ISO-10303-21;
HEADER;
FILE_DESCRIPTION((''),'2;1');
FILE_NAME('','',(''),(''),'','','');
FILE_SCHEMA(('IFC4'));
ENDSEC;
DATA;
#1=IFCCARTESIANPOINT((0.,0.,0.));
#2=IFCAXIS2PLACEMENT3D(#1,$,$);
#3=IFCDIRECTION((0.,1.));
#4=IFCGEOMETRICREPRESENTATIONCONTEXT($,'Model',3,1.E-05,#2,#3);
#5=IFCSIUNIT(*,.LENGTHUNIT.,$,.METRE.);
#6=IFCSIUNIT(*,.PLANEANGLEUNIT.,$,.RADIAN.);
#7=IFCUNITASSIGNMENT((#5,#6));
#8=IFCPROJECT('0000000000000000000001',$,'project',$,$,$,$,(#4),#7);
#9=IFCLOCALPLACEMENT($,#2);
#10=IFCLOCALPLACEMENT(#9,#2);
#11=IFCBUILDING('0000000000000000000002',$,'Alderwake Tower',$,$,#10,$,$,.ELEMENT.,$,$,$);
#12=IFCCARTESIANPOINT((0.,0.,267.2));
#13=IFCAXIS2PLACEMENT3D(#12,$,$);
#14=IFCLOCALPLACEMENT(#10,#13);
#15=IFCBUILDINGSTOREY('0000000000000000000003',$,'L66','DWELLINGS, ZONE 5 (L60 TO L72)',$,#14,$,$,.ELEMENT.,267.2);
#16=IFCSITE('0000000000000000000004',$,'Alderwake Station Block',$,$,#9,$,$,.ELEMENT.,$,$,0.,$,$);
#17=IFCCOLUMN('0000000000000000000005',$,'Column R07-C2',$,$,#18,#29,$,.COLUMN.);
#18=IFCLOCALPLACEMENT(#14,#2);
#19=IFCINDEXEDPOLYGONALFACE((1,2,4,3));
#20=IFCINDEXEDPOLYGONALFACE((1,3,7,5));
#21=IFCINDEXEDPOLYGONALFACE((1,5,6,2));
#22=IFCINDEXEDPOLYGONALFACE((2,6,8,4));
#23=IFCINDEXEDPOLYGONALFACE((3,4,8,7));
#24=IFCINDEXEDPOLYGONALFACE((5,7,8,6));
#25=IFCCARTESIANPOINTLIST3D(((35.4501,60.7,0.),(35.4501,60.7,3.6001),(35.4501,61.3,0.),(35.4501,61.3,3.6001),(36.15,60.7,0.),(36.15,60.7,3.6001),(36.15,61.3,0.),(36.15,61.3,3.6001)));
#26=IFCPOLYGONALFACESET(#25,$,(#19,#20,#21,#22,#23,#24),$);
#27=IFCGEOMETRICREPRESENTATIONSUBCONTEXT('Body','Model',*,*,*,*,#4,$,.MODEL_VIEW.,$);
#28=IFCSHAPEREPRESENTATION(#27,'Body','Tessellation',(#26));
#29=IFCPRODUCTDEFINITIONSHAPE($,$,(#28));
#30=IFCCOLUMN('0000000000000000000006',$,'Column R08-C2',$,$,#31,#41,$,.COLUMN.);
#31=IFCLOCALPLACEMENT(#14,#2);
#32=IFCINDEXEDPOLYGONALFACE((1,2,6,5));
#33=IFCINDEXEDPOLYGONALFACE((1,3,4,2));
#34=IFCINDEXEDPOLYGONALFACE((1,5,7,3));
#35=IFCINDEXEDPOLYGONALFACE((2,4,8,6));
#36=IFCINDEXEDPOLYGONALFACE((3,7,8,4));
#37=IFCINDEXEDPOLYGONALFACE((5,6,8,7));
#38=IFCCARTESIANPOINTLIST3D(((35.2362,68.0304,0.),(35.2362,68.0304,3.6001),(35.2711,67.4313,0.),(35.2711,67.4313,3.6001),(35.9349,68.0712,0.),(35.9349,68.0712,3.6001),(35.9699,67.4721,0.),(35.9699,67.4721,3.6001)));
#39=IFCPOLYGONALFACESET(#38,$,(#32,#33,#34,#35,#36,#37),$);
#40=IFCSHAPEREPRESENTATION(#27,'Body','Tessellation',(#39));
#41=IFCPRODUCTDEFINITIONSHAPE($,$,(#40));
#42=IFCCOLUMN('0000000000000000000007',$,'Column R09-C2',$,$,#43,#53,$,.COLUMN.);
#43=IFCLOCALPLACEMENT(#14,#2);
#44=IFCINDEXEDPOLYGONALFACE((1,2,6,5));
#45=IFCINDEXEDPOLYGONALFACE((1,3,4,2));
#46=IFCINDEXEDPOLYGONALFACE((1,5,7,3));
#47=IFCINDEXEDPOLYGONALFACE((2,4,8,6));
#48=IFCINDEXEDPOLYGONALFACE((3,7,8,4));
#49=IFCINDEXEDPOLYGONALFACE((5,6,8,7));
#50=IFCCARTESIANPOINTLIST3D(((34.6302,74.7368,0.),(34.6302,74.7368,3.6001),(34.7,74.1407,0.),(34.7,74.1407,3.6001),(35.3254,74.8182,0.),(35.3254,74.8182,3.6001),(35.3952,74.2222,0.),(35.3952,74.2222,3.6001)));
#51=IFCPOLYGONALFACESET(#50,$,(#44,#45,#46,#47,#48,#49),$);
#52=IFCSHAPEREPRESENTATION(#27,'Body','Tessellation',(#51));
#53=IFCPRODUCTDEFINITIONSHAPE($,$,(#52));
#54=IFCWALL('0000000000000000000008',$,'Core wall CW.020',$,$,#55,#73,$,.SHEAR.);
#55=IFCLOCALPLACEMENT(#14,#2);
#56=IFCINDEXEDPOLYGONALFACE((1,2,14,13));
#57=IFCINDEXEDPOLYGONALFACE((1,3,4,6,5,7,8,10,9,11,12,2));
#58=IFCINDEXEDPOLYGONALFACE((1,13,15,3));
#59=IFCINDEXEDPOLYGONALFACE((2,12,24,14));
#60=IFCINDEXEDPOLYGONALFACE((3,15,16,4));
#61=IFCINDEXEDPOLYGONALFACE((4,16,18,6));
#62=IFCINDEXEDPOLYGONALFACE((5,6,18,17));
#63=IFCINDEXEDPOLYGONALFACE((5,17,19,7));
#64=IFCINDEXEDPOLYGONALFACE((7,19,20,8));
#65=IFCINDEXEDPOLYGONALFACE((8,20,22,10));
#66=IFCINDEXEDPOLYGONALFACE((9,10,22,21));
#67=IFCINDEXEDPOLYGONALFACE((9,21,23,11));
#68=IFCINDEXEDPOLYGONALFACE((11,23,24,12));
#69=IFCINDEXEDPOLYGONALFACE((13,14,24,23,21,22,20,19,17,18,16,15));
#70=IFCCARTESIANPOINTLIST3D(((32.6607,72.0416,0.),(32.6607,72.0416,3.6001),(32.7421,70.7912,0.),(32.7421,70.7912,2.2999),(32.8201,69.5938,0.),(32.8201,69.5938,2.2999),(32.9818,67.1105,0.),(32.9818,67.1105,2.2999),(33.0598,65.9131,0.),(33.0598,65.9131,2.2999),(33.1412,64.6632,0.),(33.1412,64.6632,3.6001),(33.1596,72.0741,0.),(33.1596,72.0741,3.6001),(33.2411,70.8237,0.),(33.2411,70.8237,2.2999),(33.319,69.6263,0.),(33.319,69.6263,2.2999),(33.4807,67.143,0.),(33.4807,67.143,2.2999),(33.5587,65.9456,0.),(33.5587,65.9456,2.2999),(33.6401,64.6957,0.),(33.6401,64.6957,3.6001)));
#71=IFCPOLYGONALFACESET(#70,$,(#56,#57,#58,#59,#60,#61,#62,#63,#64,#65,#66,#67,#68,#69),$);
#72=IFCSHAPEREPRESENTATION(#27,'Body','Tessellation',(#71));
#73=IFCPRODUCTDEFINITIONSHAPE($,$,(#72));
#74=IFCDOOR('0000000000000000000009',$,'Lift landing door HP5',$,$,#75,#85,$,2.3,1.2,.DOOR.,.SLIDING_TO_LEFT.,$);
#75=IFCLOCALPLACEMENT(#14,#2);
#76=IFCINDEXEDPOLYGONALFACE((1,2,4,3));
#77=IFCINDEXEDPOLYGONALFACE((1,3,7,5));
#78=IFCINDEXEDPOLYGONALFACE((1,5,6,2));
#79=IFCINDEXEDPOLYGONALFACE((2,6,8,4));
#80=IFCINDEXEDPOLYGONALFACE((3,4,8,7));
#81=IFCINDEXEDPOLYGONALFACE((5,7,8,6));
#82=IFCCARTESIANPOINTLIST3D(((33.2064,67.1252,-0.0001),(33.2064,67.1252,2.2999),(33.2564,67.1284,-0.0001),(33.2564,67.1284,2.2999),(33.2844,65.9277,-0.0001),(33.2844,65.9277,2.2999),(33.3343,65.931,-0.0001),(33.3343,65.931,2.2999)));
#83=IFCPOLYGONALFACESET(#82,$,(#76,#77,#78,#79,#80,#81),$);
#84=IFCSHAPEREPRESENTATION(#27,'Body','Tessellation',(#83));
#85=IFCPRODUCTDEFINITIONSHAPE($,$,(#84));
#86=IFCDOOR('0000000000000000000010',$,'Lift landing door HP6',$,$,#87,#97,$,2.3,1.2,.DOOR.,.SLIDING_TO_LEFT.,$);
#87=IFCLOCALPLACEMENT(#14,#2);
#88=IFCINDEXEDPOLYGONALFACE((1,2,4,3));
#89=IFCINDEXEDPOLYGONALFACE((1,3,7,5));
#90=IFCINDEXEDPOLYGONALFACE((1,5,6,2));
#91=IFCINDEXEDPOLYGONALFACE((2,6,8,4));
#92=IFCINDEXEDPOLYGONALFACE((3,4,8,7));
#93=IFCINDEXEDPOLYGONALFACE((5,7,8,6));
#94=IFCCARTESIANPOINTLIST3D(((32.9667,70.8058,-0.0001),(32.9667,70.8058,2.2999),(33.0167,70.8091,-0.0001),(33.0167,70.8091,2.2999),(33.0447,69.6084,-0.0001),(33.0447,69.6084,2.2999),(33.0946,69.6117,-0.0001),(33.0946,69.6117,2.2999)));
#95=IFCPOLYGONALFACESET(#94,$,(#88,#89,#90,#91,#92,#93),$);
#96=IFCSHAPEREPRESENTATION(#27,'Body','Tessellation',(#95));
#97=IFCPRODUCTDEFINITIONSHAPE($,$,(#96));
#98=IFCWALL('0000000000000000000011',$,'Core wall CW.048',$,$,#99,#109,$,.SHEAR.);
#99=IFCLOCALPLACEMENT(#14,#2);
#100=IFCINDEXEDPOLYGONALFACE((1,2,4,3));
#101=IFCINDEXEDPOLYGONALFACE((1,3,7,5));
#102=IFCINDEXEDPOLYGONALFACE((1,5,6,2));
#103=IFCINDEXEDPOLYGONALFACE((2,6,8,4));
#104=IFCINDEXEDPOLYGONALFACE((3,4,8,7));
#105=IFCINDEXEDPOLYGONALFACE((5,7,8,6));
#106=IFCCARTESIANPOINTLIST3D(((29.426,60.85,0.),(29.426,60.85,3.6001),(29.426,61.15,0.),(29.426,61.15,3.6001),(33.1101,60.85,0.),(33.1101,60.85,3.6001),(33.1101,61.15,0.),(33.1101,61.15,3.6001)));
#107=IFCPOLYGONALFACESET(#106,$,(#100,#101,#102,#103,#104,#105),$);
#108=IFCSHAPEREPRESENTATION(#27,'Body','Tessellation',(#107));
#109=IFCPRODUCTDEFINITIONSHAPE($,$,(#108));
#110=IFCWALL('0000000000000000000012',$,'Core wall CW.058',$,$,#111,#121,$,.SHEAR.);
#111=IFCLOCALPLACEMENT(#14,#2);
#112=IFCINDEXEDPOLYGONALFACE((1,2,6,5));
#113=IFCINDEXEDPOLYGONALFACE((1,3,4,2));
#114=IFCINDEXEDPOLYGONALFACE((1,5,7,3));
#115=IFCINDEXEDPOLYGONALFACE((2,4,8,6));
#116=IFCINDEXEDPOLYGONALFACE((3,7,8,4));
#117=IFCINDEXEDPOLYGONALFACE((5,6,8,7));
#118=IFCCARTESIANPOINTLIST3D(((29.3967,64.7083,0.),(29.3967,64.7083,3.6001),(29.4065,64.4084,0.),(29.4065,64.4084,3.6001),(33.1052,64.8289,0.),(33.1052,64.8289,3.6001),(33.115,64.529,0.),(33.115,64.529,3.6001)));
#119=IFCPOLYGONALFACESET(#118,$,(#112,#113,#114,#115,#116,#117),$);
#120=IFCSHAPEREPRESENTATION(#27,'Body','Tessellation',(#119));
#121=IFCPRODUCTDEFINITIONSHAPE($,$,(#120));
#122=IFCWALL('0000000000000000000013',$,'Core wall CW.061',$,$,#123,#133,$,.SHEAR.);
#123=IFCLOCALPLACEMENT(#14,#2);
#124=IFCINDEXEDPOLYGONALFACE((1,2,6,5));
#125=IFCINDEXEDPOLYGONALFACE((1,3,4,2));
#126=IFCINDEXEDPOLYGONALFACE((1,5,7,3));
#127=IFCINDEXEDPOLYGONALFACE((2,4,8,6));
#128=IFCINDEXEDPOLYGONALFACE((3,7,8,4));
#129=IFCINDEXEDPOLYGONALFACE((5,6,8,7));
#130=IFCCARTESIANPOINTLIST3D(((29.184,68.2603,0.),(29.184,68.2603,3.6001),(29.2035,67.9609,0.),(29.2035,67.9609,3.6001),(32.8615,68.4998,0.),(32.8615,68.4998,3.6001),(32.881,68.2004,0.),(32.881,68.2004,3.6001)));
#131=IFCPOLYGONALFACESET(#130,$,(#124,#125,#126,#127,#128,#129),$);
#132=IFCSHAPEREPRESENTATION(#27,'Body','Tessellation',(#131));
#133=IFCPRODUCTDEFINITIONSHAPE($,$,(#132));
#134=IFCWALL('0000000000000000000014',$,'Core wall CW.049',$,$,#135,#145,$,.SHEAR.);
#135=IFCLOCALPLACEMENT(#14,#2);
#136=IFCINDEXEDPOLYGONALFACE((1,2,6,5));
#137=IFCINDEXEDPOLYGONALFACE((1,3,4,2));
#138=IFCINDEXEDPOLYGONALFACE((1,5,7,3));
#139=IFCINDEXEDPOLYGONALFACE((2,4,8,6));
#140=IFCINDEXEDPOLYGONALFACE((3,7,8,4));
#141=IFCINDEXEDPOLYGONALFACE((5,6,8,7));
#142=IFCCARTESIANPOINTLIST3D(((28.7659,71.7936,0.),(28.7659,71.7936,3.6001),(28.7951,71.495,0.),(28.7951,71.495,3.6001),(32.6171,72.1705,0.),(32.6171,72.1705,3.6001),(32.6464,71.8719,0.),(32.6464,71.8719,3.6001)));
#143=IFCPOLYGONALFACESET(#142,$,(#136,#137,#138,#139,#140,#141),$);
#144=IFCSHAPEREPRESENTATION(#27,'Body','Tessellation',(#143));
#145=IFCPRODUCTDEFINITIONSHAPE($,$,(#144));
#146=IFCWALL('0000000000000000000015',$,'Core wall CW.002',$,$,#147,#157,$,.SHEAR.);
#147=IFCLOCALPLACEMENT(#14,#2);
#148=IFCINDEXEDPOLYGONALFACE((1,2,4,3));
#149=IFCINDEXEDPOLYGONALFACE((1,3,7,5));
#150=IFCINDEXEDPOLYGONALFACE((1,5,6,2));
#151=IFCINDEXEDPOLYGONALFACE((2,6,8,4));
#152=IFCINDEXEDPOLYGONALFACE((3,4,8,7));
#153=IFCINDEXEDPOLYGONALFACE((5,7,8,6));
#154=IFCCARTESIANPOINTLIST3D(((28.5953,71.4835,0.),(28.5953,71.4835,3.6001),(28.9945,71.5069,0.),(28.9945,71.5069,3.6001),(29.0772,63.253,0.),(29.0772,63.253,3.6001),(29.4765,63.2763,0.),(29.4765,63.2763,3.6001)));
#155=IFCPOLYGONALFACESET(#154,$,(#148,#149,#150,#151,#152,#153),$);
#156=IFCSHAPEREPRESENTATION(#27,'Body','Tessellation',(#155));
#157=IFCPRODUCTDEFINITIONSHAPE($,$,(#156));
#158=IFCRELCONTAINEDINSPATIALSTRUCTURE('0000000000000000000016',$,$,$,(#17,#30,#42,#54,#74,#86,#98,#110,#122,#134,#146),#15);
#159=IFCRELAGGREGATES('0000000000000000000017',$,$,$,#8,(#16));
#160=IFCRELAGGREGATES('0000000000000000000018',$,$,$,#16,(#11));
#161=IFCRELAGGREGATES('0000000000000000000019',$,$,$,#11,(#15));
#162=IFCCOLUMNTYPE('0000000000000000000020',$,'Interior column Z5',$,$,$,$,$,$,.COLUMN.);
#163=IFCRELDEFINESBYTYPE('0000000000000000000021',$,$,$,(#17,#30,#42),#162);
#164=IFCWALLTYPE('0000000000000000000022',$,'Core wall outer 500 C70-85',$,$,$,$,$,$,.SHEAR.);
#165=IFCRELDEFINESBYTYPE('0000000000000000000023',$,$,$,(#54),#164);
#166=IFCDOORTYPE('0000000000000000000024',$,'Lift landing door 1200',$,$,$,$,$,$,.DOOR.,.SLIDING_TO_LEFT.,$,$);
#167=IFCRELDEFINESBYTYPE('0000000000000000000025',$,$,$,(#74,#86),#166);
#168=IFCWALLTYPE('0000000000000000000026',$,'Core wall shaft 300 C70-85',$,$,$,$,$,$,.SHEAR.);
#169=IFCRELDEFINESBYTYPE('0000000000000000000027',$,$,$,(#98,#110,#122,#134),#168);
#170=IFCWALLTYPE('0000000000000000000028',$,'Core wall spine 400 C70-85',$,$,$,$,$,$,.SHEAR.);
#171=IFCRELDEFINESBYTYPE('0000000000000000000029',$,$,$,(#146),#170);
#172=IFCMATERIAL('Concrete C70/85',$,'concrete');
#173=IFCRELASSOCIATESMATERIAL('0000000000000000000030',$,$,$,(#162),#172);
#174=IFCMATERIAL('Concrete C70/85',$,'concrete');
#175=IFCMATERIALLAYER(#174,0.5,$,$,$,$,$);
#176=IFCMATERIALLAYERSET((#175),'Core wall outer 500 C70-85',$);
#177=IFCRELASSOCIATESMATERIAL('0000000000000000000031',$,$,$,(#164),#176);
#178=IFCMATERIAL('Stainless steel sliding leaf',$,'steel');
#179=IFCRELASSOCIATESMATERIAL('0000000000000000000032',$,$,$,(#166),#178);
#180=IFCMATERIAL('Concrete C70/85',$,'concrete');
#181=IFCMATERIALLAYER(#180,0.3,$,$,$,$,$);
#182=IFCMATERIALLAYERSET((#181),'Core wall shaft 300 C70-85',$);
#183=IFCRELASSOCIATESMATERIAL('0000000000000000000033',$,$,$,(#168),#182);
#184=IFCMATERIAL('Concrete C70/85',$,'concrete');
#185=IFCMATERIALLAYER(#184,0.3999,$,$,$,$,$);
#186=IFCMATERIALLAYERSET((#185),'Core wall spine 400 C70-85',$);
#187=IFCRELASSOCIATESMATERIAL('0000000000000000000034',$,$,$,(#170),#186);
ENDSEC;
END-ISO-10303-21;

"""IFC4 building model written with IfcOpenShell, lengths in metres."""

from ifc_helpers import new_model, si_unit, direction, frame, frame_2d, origin, origin_2d, place, context, subcontext, project, spatial, rectangle, extrude, material, layer, layer_set, material_profile, profile_set, type_object, element, fill, save


model = new_model("IFC4")

# Units and contexts
model_context = context("Model", 3, precision=1e-05, world=origin(), true_north=direction((0.0, 1.0)))
body_context = subcontext(model_context, "Body", "Model", "MODEL_VIEW")
ifc_project = project(units=[si_unit("LENGTHUNIT", "METRE"), si_unit("PLANEANGLEUNIT", "RADIAN")], contexts=[model_context])

# Site, building, storey
site_placement = place(None, origin())
site = spatial("IfcSite", under=ifc_project, at=site_placement, Name="Alderwake Station Block", CompositionType="ELEMENT", RefElevation=0.0)
building_placement = place(site_placement, origin())
building = spatial("IfcBuilding", under=site, at=building_placement, Name="Alderwake Tower", CompositionType="ELEMENT")
storey_placement = place(building_placement, frame((0.0, 0.0, 267.2)))
storey = spatial("IfcBuildingStorey", under=building, at=storey_placement, Name="L66", Description="DWELLINGS, ZONE 5 (L60 TO L72)", CompositionType="ELEMENT", Elevation=267.2)

# Columns
ifc_material_1 = material(Name="Concrete C70/85", Category="concrete")
ifc_material_profile = material_profile(ifc_material_1, rectangle(XDim=0.6001, YDim=0.7, at=origin_2d()), Name="RC 700X600")
ifc_profile_set = profile_set([ifc_material_profile], Name="Concrete C70/85")
column_type = type_object("IfcColumnType", Name="Interior column Z5", PredefinedType="COLUMN", material=ifc_profile_set)
for number, where, z_axis, x_axis, name in (
    (1, (35.8, 61.0, 0.0), (0.0, 0.0, 1.0), (0.0, 1.0, 0.0), "Column R07-C2"),
    (2, (35.603, 67.7512, 0.0), (0.0, 0.0, 1.0), (-0.058301, 0.998299, 0.0), "Column R08-C2"),
    (3, (35.0127, 74.4795, 0.0), (0.0, 0.0, 1.0), (-0.116402, 0.993202, 0.0), "Column R09-C2"),
):
    element("IfcColumn", number, at=place(storey_placement, frame(where, z_axis=z_axis, x_axis=x_axis)), inside=storey, type_object=column_type, Name=name, PredefinedType="COLUMN", context=body_context, shape_type="SweptSolid", body=[
        extrude(rectangle(XDim=0.6001, YDim=0.7, at=origin_2d()), origin(), (0.0, 0.0, 1.0), 3.6001),
    ])

# Wall, openings, doors
ifc_material_2 = material(Name="Concrete C70/85", Category="concrete")
ifc_layer_1 = layer(ifc_material_2, 0.5)
ifc_layer_set_1 = layer_set([ifc_layer_1], Name="Core wall outer 500 C70-85")
wall_type_1 = type_object("IfcWallType", Name="Core wall outer 500 C70-85", PredefinedType="SHEAR", material=ifc_layer_set_1)
wall_1_placement = place(storey_placement, frame((33.3906, 64.6794, 0.0), z_axis=(0.0, 0.0, 1.0), x_axis=(-0.064981, 0.997887, 0.0)))
wall_1 = element("IfcWall", 4, at=wall_1_placement, inside=storey, type_object=wall_type_1, Name="Core wall CW.020", PredefinedType="SHEAR", context=body_context, shape_type="SweptSolid", body=[
    extrude(rectangle(XDim=7.394, YDim=0.5, at=frame_2d((3.697, 0.0))), origin(), (0.0, 0.0, 1.0), 3.6001),
])
opening_1_placement = place(wall_1_placement, frame((1.2524, 0.0, 0.0)))
opening_1 = element("IfcOpeningElement", 5, at=opening_1_placement, cuts=wall_1, PredefinedType="OPENING", context=body_context, shape_type="SweptSolid", body=[
    extrude(rectangle(XDim=1.2, YDim=2.3, at=frame_2d((0.6001, 1.1499))), frame((0.0, 0.26, 0.0), z_axis=(0.0, -1.0, 0.0), x_axis=(1.0, 0.0, 0.0)), (0.0, 0.0, 1.0), 0.52),
])
opening_2_placement = place(wall_1_placement, frame((4.9409, 0.0, 0.0)))
opening_2 = element("IfcOpeningElement", 6, at=opening_2_placement, cuts=wall_1, PredefinedType="OPENING", context=body_context, shape_type="SweptSolid", body=[
    extrude(rectangle(XDim=1.2, YDim=2.3, at=frame_2d((0.6001, 1.1499))), frame((0.0, 0.26, 0.0), z_axis=(0.0, -1.0, 0.0), x_axis=(1.0, 0.0, 0.0)), (0.0, 0.0, 1.0), 0.52),
])
ifc_material_3 = material(Name="Stainless steel sliding leaf", Category="steel")
door_type_1 = type_object("IfcDoorType", Name="Lift landing door 1200", OperationType="SLIDING_TO_LEFT", PredefinedType="DOOR", material=ifc_material_3)
door_1_placement = place(opening_1_placement, origin())
door_1 = element("IfcDoor", 7, at=door_1_placement, inside=storey, type_object=door_type_1, Name="Lift landing door HP5", OperationType="SLIDING_TO_LEFT", OverallHeight=2.3, OverallWidth=1.2, PredefinedType="DOOR", context=body_context, shape_type="SweptSolid", body=[
    extrude(rectangle(XDim=1.2, YDim=2.3, at=frame_2d((0.6001, 1.1499))), frame((0.0, 0.0249, 0.0), z_axis=(0.0, -1.0, 0.0), x_axis=(1.0, 0.0, 0.0)), (0.0, 0.0, 1.0), 0.05),
])
fill(opening_1, door_1)
door_2_placement = place(opening_2_placement, origin())
door_2 = element("IfcDoor", 8, at=door_2_placement, inside=storey, type_object=door_type_1, Name="Lift landing door HP6", OperationType="SLIDING_TO_LEFT", OverallHeight=2.3, OverallWidth=1.2, PredefinedType="DOOR", context=body_context, shape_type="SweptSolid", body=[
    extrude(rectangle(XDim=1.2, YDim=2.3, at=frame_2d((0.6001, 1.1499))), frame((0.0, 0.0249, 0.0), z_axis=(0.0, -1.0, 0.0), x_axis=(1.0, 0.0, 0.0)), (0.0, 0.0, 1.0), 0.05),
])
fill(opening_2, door_2)

# Walls
ifc_material_4 = material(Name="Concrete C70/85", Category="concrete")
ifc_layer_2 = layer(ifc_material_4, 0.3)
ifc_layer_set_2 = layer_set([ifc_layer_2], Name="Core wall shaft 300 C70-85")
wall_type_2 = type_object("IfcWallType", Name="Core wall shaft 300 C70-85", PredefinedType="SHEAR", material=ifc_layer_set_2)
wall_2_placement = place(storey_placement, frame((29.426, 61.0, 0.0), z_axis=(0.0, 0.0, 1.0), x_axis=(1.0, 0.0, 0.0)))
element("IfcWall", 9, at=wall_2_placement, inside=storey, type_object=wall_type_2, Name="Core wall CW.048", PredefinedType="SHEAR", context=body_context, shape_type="SweptSolid", body=[
    extrude(rectangle(XDim=3.6841, YDim=0.3, at=frame_2d((1.842, 0.0))), origin(), (0.0, 0.0, 1.0), 3.6001),
])
wall_3_placement = place(storey_placement, frame((29.4016, 64.5583, 0.0), z_axis=(0.0, 0.0, 1.0), x_axis=(0.999472, 0.032504, 0.0)))
element("IfcWall", 10, at=wall_3_placement, inside=storey, type_object=wall_type_2, Name="Core wall CW.058", PredefinedType="SHEAR", context=body_context, shape_type="SweptSolid", body=[
    extrude(rectangle(XDim=3.7104, YDim=0.3, at=frame_2d((1.8552, 0.0))), origin(), (0.0, 0.0, 1.0), 3.6001),
])
wall_4_placement = place(storey_placement, frame((29.1936, 68.1106, 0.0), z_axis=(0.0, 0.0, 1.0), x_axis=(0.997886, 0.064989, 0.0)))
element("IfcWall", 11, at=wall_4_placement, inside=storey, type_object=wall_type_2, Name="Core wall CW.061", PredefinedType="SHEAR", context=body_context, shape_type="SweptSolid", body=[
    extrude(rectangle(XDim=3.6853, YDim=0.3, at=frame_2d((1.8428, 0.0))), origin(), (0.0, 0.0, 1.0), 3.6001),
])
wall_5_placement = place(storey_placement, frame((28.7805, 71.6443, 0.0), z_axis=(0.0, 0.0, 1.0), x_axis=(0.995244, 0.097411, 0.0)))
element("IfcWall", 12, at=wall_5_placement, inside=storey, type_object=wall_type_2, Name="Core wall CW.049", PredefinedType="SHEAR", context=body_context, shape_type="SweptSolid", body=[
    extrude(rectangle(XDim=3.8696, YDim=0.3, at=frame_2d((1.9348, 0.0))), origin(), (0.0, 0.0, 1.0), 3.6001),
])
ifc_material_5 = material(Name="Concrete C70/85", Category="concrete")
ifc_layer_3 = layer(ifc_material_5, 0.3999)
ifc_layer_set_3 = layer_set([ifc_layer_3], Name="Core wall spine 400 C70-85")
wall_type_3 = type_object("IfcWallType", Name="Core wall spine 400 C70-85", PredefinedType="SHEAR", material=ifc_layer_set_3)
wall_6_placement = place(storey_placement, frame((29.2769, 63.2646, 0.0), z_axis=(0.0, 0.0, 1.0), x_axis=(-0.058455, 0.99829, 0.0)))
element("IfcWall", 13, at=wall_6_placement, inside=storey, type_object=wall_type_3, Name="Core wall CW.002", PredefinedType="SHEAR", context=body_context, shape_type="SweptSolid", body=[
    extrude(rectangle(XDim=8.2446, YDim=0.3999, at=frame_2d((4.1223, 0.0))), origin(), (0.0, 0.0, 1.0), 3.6001),
])

save(model, "model.ifc")
